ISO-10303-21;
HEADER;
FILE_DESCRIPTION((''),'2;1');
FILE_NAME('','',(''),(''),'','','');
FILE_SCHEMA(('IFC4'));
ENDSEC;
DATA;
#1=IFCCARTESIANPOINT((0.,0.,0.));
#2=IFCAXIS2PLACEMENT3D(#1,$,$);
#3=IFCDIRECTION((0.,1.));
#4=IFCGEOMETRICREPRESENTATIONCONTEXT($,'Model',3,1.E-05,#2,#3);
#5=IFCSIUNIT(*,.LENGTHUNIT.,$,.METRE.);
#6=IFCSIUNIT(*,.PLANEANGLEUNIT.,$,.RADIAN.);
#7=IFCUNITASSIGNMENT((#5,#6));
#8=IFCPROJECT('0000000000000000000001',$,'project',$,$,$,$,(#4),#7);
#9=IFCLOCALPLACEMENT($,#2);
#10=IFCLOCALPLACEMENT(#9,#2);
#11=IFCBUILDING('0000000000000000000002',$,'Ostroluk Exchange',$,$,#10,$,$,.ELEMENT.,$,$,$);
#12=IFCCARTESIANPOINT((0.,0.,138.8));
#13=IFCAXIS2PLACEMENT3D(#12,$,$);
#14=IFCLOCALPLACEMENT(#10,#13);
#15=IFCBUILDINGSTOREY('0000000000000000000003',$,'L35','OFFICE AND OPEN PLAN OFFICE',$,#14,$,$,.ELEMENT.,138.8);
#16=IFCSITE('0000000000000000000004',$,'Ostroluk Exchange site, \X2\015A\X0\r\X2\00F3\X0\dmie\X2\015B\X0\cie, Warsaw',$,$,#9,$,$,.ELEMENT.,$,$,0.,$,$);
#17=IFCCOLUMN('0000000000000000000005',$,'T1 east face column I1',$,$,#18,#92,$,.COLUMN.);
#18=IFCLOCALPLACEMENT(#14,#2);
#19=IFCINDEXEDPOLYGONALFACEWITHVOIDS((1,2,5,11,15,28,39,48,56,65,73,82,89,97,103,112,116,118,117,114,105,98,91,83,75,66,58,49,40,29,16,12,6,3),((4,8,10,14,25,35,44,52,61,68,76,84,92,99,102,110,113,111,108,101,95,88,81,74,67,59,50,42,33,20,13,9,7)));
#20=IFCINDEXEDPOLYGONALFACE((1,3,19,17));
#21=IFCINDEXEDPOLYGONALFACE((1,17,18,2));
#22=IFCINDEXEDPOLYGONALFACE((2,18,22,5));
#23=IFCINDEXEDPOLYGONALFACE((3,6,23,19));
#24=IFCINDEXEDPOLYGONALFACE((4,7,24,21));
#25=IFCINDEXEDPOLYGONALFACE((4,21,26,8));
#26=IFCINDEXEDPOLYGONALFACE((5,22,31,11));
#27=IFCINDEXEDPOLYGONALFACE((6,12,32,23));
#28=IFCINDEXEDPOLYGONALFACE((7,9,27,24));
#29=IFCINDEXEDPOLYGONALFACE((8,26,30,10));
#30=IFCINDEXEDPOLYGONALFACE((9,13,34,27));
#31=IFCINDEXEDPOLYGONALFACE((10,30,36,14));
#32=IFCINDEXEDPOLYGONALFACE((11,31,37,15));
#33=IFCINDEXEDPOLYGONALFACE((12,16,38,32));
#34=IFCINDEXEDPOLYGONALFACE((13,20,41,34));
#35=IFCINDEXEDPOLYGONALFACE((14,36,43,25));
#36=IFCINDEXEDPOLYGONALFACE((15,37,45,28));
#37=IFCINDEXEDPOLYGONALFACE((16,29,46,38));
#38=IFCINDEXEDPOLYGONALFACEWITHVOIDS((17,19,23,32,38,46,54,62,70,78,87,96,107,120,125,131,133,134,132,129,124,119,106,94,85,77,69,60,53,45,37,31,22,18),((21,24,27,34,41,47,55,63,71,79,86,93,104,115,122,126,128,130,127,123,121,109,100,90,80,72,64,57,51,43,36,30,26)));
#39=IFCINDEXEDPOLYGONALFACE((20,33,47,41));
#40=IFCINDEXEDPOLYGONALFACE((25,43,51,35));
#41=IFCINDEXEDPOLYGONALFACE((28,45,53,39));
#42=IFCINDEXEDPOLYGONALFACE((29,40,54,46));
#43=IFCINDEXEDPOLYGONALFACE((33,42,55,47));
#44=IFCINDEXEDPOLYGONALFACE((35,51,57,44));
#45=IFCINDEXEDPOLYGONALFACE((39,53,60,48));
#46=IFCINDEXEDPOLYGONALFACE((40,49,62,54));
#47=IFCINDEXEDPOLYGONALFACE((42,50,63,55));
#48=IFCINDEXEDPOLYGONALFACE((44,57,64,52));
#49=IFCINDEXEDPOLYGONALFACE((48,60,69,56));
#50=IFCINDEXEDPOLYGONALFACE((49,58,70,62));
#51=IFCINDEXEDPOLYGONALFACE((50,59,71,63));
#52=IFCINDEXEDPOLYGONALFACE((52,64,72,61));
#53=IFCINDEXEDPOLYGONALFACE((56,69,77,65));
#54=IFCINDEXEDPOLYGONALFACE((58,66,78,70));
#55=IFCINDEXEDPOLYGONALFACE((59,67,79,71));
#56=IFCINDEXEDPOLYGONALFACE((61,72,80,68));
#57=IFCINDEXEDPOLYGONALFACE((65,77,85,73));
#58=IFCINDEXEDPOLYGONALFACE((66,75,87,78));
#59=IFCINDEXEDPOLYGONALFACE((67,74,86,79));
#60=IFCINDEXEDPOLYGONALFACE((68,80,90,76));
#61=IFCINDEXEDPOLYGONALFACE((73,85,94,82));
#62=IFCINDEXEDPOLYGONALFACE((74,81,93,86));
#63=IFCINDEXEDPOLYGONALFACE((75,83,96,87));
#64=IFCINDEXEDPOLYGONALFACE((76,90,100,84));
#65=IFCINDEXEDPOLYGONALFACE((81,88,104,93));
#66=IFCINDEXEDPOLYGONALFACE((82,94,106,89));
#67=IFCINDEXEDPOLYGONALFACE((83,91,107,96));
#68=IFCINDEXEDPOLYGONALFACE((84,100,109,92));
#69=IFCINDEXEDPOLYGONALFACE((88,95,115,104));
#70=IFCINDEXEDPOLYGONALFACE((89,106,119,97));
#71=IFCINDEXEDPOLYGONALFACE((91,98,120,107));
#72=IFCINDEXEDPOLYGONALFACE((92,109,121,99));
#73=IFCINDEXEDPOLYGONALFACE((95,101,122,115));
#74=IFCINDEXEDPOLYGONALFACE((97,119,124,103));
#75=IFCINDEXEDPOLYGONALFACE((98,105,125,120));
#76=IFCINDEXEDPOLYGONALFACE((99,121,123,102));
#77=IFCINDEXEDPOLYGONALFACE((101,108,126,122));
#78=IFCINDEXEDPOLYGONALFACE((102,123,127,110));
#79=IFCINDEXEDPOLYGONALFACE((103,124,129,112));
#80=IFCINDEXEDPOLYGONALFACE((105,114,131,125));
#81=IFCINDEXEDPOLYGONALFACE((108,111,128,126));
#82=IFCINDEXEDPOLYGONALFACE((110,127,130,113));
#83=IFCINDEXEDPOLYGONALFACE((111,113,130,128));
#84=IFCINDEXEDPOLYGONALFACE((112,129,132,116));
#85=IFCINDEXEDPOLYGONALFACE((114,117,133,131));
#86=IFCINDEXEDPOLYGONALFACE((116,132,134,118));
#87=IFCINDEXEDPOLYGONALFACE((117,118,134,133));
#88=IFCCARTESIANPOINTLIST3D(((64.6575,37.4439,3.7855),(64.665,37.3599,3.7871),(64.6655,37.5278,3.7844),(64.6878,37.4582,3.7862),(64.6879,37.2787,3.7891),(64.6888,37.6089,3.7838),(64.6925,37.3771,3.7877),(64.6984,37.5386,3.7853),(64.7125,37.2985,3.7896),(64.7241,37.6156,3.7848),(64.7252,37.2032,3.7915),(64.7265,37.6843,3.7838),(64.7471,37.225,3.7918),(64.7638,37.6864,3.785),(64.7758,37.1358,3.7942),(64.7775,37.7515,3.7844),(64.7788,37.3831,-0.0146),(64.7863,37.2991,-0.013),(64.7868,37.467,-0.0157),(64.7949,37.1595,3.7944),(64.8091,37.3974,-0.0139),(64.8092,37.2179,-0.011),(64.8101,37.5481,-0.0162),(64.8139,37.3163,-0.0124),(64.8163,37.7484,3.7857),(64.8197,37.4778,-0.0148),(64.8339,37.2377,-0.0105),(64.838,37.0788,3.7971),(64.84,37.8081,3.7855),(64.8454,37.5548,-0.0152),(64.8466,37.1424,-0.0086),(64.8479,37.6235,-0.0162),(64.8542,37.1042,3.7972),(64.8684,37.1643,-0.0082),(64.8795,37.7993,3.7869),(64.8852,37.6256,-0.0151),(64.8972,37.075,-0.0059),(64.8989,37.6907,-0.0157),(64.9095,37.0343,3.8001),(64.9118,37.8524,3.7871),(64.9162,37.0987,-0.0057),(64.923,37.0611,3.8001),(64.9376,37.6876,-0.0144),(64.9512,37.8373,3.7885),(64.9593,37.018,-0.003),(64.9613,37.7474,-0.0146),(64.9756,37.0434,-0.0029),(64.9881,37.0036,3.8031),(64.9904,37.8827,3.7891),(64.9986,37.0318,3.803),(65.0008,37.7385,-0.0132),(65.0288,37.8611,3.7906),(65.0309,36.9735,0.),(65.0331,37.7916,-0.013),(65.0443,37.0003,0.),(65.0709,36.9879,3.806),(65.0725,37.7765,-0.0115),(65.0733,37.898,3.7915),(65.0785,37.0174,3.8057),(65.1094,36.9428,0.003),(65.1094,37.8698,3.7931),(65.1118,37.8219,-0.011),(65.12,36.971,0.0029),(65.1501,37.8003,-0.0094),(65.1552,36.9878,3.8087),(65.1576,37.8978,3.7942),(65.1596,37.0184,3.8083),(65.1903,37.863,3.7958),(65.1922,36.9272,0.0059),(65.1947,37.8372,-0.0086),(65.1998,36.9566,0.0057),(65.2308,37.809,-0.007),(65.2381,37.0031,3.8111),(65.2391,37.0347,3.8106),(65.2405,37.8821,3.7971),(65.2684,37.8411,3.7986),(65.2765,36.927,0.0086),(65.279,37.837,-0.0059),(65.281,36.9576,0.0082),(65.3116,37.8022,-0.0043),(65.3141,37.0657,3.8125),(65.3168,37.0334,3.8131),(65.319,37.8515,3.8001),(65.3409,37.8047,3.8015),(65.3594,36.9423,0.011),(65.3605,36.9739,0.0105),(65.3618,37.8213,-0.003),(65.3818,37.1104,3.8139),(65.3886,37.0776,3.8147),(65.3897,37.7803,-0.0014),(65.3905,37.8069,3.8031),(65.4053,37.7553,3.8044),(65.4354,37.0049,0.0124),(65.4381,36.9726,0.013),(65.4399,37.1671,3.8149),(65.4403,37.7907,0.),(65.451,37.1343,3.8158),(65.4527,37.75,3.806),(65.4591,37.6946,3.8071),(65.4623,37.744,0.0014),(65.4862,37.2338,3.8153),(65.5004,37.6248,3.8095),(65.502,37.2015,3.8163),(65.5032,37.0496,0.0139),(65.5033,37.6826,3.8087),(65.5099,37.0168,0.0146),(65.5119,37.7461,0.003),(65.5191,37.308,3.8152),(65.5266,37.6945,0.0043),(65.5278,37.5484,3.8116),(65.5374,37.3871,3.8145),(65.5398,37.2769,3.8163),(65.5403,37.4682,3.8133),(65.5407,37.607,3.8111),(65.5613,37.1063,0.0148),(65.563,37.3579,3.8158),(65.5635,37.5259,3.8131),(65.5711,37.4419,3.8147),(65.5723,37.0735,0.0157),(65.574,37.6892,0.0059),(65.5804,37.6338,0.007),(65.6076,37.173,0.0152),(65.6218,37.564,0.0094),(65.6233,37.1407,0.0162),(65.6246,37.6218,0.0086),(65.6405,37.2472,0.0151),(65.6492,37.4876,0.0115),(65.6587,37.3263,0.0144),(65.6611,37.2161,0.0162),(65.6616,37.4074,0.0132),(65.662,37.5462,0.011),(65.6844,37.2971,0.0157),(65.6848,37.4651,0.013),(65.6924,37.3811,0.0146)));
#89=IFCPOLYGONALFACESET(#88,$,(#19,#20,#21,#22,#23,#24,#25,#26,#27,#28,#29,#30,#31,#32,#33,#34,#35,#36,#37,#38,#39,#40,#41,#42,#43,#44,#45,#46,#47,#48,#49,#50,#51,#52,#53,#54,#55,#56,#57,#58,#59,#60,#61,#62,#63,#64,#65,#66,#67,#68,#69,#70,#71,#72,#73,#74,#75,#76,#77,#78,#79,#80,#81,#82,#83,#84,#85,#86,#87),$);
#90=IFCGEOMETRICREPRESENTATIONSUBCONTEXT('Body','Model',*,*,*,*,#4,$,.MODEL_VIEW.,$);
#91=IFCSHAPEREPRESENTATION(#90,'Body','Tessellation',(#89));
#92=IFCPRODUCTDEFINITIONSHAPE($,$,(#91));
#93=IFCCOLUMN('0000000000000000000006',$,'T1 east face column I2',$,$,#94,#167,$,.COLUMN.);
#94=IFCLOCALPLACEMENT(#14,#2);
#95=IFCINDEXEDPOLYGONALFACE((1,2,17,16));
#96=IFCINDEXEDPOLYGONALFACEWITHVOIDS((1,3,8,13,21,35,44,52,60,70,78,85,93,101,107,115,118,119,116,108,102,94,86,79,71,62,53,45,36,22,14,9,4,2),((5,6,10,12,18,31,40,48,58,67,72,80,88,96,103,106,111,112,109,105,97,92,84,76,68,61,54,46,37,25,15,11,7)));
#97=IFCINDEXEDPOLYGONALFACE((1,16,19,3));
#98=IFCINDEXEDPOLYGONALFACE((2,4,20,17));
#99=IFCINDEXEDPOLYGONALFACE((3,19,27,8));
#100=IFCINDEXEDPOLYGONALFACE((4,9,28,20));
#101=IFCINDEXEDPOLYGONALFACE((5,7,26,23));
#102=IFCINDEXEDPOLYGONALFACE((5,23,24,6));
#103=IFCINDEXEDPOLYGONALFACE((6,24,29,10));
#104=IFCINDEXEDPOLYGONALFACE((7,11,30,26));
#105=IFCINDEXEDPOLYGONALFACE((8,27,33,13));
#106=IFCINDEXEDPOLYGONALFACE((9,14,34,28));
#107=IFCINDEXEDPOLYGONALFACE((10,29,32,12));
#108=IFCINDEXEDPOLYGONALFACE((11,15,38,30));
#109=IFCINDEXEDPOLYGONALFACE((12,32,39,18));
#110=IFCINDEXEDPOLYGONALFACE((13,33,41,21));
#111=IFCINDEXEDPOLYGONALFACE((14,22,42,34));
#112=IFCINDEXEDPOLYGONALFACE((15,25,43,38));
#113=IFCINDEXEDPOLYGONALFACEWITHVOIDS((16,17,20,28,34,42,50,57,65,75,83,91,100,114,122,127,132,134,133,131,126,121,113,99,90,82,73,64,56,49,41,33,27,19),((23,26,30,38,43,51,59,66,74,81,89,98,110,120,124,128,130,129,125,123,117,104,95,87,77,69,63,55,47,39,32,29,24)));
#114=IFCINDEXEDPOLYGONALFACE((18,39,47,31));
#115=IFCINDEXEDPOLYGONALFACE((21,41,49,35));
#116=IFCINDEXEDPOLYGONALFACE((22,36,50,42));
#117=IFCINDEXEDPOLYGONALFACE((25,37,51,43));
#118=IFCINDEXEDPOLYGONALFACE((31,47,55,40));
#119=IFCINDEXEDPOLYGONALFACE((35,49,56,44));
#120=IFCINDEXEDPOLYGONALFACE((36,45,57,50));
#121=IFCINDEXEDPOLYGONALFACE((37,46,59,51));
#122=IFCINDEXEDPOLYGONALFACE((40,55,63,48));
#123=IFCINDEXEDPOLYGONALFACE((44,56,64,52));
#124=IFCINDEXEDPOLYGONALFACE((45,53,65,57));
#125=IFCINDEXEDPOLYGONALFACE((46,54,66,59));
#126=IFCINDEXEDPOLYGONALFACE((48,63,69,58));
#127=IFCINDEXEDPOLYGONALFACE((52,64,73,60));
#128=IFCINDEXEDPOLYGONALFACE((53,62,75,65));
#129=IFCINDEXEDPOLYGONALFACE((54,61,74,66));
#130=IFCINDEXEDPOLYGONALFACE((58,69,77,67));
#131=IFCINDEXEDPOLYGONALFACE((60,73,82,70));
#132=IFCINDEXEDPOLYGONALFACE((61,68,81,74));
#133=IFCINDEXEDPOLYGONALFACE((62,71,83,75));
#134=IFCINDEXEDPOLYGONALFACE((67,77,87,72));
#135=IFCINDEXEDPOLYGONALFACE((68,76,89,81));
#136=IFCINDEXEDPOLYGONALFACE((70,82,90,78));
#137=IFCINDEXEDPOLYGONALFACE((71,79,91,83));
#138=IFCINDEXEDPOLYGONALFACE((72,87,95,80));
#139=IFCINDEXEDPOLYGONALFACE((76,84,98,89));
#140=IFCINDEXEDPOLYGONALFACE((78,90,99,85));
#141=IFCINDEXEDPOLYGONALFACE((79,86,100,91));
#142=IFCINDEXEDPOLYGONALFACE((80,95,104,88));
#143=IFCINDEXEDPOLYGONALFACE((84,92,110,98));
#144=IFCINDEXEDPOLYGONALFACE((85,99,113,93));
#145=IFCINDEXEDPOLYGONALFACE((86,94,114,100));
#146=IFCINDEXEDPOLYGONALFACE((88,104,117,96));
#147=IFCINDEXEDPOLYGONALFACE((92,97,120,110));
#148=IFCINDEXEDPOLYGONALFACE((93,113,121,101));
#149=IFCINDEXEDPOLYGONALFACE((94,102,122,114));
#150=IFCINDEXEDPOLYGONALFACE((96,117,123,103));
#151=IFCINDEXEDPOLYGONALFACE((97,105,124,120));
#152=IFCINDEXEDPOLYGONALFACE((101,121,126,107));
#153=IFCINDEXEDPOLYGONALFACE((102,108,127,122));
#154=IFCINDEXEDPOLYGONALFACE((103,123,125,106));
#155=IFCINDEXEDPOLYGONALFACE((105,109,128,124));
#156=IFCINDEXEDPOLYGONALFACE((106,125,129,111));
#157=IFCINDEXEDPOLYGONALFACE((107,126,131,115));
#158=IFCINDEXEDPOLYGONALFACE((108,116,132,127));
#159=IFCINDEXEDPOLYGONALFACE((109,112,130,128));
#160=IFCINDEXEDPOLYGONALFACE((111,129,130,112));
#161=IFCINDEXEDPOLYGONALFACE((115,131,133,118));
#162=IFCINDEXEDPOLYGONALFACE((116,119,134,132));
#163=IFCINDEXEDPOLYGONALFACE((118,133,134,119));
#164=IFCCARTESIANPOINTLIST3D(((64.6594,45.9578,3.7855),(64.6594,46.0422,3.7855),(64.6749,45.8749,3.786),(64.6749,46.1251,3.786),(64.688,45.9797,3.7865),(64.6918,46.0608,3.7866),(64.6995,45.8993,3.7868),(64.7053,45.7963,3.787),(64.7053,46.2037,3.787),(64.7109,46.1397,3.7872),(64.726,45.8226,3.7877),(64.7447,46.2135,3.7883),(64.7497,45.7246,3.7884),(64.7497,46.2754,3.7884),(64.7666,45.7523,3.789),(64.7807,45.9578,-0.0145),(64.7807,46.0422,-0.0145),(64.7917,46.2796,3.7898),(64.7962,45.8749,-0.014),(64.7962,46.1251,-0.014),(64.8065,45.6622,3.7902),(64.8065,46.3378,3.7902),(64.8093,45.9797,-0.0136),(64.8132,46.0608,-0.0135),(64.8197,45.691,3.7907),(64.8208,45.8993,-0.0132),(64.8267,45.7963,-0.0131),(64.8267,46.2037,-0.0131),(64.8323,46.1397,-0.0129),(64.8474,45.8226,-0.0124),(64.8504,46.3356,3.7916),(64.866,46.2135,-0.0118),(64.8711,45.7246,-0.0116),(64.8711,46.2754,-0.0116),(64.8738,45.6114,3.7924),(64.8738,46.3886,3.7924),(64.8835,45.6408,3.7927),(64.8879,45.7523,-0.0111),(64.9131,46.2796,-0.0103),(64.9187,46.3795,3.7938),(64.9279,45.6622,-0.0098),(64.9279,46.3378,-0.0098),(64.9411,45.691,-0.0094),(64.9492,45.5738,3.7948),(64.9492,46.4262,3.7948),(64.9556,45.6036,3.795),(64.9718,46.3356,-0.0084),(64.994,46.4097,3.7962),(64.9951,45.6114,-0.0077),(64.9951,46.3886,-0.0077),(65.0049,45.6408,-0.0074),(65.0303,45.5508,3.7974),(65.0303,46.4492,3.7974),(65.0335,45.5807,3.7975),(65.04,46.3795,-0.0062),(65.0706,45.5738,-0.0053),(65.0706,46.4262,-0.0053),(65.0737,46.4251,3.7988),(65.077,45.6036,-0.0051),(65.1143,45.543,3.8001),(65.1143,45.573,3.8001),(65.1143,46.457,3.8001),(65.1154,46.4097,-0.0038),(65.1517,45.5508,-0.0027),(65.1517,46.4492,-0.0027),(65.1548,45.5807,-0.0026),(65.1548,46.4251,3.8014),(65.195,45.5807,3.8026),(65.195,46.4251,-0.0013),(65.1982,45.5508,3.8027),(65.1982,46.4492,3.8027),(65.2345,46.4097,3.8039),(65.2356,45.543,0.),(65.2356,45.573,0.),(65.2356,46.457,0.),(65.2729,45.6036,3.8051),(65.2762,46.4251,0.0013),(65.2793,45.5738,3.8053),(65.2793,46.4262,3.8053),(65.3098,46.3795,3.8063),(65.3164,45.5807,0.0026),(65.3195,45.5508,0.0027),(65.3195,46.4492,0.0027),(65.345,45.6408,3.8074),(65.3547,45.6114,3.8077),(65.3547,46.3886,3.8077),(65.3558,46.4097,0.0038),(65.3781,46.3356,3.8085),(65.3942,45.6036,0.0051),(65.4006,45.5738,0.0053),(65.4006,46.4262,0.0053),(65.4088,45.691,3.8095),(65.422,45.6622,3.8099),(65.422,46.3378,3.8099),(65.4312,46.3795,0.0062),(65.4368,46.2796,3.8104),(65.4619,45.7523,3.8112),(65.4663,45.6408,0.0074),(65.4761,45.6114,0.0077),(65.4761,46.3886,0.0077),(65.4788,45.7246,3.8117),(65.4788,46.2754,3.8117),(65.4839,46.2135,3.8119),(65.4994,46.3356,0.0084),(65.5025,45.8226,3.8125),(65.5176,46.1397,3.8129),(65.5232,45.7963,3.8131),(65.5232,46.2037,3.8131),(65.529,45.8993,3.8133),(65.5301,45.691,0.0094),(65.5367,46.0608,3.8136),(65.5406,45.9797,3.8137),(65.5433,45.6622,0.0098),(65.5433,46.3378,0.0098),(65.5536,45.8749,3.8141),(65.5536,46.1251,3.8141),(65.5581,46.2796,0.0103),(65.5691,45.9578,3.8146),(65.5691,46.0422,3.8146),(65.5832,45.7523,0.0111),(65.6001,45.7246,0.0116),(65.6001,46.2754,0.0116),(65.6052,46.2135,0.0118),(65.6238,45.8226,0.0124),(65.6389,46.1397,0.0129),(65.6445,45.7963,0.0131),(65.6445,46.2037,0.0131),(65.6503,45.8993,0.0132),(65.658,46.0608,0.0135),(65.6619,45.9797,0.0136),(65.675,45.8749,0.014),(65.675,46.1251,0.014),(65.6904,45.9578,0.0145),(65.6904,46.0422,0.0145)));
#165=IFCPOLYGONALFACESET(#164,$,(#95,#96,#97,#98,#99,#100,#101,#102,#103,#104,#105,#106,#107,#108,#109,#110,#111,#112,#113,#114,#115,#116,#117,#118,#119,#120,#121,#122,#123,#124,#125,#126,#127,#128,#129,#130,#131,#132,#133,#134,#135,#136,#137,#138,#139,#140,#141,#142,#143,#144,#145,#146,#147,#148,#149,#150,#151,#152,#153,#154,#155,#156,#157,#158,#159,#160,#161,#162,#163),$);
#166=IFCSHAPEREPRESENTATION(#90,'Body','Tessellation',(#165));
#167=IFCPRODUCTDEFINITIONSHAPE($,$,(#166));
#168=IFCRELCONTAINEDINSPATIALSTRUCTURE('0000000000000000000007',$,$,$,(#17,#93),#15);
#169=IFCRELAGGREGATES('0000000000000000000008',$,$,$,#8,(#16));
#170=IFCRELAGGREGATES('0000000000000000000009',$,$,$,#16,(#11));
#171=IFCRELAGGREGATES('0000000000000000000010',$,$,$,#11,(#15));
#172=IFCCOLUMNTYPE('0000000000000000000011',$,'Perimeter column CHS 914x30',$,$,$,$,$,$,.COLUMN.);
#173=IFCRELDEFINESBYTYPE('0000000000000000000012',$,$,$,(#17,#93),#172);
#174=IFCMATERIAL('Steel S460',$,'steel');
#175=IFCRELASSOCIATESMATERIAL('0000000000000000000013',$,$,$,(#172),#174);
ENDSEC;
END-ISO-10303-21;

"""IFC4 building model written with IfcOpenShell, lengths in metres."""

from ifc_helpers import new_model, si_unit, direction, frame, origin, origin_2d, place, context, subcontext, project, spatial, hollow_circle, extrude, material, material_profile, profile_set, type_object, element, save


model = new_model("IFC4")

# Units and contexts
model_context = context("Model", 3, precision=1e-05, world=origin(), true_north=direction((0.0, 1.0)))
body_context = subcontext(model_context, "Body", "Model", "MODEL_VIEW")
ifc_project = project(units=[si_unit("LENGTHUNIT", "METRE"), si_unit("PLANEANGLEUNIT", "RADIAN")], contexts=[model_context])

# Site, building, storey
site_placement = place(None, origin())
site = spatial("IfcSite", under=ifc_project, at=site_placement, Name="Ostroluk Exchange site, Śródmieście, Warsaw", CompositionType="ELEMENT", RefElevation=0.0)
building_placement = place(site_placement, origin())
building = spatial("IfcBuilding", under=site, at=building_placement, Name="Ostroluk Exchange", CompositionType="ELEMENT")
storey_placement = place(building_placement, frame((0.0, 0.0, 138.8)))
storey = spatial("IfcBuildingStorey", under=building, at=storey_placement, Name="L35", Description="OFFICE AND OPEN PLAN OFFICE", CompositionType="ELEMENT", Elevation=138.8)

# Columns
ifc_material_1 = material(Name="Steel S460", Category="steel")
ifc_material_profile_1 = material_profile(ifc_material_1, hollow_circle(Radius=0.457, WallThickness=0.03, at=origin_2d()), Name="CHS 914x30")
ifc_profile_set_1 = profile_set([ifc_material_profile_1], Name="Steel S460")
column_type = type_object("IfcColumnType", Name="Perimeter column CHS 914x30", PredefinedType="COLUMN", material=ifc_profile_set_1)
column_1_placement = place(storey_placement, frame((65.2356, 37.3821, 0.0), z_axis=(-0.03191, 0.015987, 0.999363), x_axis=(-0.447933, -0.894067, 0.0)))
element("IfcColumn", 1, at=column_1_placement, inside=storey, type_object=column_type, Name="T1 east face column I1", PredefinedType="COLUMN", context=body_context, shape_type="SweptSolid", body=[
    extrude(hollow_circle(Radius=0.457, WallThickness=0.03, at=origin_2d()), origin(), (0.0, 0.0, 1.0), 3.8025),
])
column_2_placement = place(storey_placement, frame((65.2356, 46.0, 0.0), z_axis=(-0.031914, 0.0, 0.999491), x_axis=(0.0, -1.0, 0.0)))
element("IfcColumn", 2, at=column_2_placement, inside=storey, type_object=column_type, Name="T1 east face column I2", PredefinedType="COLUMN", context=body_context, shape_type="SweptSolid", body=[
    extrude(hollow_circle(Radius=0.457, WallThickness=0.03, at=origin_2d()), origin(), (0.0, 0.0, 1.0), 3.802),
])

save(model, "model.ifc")
